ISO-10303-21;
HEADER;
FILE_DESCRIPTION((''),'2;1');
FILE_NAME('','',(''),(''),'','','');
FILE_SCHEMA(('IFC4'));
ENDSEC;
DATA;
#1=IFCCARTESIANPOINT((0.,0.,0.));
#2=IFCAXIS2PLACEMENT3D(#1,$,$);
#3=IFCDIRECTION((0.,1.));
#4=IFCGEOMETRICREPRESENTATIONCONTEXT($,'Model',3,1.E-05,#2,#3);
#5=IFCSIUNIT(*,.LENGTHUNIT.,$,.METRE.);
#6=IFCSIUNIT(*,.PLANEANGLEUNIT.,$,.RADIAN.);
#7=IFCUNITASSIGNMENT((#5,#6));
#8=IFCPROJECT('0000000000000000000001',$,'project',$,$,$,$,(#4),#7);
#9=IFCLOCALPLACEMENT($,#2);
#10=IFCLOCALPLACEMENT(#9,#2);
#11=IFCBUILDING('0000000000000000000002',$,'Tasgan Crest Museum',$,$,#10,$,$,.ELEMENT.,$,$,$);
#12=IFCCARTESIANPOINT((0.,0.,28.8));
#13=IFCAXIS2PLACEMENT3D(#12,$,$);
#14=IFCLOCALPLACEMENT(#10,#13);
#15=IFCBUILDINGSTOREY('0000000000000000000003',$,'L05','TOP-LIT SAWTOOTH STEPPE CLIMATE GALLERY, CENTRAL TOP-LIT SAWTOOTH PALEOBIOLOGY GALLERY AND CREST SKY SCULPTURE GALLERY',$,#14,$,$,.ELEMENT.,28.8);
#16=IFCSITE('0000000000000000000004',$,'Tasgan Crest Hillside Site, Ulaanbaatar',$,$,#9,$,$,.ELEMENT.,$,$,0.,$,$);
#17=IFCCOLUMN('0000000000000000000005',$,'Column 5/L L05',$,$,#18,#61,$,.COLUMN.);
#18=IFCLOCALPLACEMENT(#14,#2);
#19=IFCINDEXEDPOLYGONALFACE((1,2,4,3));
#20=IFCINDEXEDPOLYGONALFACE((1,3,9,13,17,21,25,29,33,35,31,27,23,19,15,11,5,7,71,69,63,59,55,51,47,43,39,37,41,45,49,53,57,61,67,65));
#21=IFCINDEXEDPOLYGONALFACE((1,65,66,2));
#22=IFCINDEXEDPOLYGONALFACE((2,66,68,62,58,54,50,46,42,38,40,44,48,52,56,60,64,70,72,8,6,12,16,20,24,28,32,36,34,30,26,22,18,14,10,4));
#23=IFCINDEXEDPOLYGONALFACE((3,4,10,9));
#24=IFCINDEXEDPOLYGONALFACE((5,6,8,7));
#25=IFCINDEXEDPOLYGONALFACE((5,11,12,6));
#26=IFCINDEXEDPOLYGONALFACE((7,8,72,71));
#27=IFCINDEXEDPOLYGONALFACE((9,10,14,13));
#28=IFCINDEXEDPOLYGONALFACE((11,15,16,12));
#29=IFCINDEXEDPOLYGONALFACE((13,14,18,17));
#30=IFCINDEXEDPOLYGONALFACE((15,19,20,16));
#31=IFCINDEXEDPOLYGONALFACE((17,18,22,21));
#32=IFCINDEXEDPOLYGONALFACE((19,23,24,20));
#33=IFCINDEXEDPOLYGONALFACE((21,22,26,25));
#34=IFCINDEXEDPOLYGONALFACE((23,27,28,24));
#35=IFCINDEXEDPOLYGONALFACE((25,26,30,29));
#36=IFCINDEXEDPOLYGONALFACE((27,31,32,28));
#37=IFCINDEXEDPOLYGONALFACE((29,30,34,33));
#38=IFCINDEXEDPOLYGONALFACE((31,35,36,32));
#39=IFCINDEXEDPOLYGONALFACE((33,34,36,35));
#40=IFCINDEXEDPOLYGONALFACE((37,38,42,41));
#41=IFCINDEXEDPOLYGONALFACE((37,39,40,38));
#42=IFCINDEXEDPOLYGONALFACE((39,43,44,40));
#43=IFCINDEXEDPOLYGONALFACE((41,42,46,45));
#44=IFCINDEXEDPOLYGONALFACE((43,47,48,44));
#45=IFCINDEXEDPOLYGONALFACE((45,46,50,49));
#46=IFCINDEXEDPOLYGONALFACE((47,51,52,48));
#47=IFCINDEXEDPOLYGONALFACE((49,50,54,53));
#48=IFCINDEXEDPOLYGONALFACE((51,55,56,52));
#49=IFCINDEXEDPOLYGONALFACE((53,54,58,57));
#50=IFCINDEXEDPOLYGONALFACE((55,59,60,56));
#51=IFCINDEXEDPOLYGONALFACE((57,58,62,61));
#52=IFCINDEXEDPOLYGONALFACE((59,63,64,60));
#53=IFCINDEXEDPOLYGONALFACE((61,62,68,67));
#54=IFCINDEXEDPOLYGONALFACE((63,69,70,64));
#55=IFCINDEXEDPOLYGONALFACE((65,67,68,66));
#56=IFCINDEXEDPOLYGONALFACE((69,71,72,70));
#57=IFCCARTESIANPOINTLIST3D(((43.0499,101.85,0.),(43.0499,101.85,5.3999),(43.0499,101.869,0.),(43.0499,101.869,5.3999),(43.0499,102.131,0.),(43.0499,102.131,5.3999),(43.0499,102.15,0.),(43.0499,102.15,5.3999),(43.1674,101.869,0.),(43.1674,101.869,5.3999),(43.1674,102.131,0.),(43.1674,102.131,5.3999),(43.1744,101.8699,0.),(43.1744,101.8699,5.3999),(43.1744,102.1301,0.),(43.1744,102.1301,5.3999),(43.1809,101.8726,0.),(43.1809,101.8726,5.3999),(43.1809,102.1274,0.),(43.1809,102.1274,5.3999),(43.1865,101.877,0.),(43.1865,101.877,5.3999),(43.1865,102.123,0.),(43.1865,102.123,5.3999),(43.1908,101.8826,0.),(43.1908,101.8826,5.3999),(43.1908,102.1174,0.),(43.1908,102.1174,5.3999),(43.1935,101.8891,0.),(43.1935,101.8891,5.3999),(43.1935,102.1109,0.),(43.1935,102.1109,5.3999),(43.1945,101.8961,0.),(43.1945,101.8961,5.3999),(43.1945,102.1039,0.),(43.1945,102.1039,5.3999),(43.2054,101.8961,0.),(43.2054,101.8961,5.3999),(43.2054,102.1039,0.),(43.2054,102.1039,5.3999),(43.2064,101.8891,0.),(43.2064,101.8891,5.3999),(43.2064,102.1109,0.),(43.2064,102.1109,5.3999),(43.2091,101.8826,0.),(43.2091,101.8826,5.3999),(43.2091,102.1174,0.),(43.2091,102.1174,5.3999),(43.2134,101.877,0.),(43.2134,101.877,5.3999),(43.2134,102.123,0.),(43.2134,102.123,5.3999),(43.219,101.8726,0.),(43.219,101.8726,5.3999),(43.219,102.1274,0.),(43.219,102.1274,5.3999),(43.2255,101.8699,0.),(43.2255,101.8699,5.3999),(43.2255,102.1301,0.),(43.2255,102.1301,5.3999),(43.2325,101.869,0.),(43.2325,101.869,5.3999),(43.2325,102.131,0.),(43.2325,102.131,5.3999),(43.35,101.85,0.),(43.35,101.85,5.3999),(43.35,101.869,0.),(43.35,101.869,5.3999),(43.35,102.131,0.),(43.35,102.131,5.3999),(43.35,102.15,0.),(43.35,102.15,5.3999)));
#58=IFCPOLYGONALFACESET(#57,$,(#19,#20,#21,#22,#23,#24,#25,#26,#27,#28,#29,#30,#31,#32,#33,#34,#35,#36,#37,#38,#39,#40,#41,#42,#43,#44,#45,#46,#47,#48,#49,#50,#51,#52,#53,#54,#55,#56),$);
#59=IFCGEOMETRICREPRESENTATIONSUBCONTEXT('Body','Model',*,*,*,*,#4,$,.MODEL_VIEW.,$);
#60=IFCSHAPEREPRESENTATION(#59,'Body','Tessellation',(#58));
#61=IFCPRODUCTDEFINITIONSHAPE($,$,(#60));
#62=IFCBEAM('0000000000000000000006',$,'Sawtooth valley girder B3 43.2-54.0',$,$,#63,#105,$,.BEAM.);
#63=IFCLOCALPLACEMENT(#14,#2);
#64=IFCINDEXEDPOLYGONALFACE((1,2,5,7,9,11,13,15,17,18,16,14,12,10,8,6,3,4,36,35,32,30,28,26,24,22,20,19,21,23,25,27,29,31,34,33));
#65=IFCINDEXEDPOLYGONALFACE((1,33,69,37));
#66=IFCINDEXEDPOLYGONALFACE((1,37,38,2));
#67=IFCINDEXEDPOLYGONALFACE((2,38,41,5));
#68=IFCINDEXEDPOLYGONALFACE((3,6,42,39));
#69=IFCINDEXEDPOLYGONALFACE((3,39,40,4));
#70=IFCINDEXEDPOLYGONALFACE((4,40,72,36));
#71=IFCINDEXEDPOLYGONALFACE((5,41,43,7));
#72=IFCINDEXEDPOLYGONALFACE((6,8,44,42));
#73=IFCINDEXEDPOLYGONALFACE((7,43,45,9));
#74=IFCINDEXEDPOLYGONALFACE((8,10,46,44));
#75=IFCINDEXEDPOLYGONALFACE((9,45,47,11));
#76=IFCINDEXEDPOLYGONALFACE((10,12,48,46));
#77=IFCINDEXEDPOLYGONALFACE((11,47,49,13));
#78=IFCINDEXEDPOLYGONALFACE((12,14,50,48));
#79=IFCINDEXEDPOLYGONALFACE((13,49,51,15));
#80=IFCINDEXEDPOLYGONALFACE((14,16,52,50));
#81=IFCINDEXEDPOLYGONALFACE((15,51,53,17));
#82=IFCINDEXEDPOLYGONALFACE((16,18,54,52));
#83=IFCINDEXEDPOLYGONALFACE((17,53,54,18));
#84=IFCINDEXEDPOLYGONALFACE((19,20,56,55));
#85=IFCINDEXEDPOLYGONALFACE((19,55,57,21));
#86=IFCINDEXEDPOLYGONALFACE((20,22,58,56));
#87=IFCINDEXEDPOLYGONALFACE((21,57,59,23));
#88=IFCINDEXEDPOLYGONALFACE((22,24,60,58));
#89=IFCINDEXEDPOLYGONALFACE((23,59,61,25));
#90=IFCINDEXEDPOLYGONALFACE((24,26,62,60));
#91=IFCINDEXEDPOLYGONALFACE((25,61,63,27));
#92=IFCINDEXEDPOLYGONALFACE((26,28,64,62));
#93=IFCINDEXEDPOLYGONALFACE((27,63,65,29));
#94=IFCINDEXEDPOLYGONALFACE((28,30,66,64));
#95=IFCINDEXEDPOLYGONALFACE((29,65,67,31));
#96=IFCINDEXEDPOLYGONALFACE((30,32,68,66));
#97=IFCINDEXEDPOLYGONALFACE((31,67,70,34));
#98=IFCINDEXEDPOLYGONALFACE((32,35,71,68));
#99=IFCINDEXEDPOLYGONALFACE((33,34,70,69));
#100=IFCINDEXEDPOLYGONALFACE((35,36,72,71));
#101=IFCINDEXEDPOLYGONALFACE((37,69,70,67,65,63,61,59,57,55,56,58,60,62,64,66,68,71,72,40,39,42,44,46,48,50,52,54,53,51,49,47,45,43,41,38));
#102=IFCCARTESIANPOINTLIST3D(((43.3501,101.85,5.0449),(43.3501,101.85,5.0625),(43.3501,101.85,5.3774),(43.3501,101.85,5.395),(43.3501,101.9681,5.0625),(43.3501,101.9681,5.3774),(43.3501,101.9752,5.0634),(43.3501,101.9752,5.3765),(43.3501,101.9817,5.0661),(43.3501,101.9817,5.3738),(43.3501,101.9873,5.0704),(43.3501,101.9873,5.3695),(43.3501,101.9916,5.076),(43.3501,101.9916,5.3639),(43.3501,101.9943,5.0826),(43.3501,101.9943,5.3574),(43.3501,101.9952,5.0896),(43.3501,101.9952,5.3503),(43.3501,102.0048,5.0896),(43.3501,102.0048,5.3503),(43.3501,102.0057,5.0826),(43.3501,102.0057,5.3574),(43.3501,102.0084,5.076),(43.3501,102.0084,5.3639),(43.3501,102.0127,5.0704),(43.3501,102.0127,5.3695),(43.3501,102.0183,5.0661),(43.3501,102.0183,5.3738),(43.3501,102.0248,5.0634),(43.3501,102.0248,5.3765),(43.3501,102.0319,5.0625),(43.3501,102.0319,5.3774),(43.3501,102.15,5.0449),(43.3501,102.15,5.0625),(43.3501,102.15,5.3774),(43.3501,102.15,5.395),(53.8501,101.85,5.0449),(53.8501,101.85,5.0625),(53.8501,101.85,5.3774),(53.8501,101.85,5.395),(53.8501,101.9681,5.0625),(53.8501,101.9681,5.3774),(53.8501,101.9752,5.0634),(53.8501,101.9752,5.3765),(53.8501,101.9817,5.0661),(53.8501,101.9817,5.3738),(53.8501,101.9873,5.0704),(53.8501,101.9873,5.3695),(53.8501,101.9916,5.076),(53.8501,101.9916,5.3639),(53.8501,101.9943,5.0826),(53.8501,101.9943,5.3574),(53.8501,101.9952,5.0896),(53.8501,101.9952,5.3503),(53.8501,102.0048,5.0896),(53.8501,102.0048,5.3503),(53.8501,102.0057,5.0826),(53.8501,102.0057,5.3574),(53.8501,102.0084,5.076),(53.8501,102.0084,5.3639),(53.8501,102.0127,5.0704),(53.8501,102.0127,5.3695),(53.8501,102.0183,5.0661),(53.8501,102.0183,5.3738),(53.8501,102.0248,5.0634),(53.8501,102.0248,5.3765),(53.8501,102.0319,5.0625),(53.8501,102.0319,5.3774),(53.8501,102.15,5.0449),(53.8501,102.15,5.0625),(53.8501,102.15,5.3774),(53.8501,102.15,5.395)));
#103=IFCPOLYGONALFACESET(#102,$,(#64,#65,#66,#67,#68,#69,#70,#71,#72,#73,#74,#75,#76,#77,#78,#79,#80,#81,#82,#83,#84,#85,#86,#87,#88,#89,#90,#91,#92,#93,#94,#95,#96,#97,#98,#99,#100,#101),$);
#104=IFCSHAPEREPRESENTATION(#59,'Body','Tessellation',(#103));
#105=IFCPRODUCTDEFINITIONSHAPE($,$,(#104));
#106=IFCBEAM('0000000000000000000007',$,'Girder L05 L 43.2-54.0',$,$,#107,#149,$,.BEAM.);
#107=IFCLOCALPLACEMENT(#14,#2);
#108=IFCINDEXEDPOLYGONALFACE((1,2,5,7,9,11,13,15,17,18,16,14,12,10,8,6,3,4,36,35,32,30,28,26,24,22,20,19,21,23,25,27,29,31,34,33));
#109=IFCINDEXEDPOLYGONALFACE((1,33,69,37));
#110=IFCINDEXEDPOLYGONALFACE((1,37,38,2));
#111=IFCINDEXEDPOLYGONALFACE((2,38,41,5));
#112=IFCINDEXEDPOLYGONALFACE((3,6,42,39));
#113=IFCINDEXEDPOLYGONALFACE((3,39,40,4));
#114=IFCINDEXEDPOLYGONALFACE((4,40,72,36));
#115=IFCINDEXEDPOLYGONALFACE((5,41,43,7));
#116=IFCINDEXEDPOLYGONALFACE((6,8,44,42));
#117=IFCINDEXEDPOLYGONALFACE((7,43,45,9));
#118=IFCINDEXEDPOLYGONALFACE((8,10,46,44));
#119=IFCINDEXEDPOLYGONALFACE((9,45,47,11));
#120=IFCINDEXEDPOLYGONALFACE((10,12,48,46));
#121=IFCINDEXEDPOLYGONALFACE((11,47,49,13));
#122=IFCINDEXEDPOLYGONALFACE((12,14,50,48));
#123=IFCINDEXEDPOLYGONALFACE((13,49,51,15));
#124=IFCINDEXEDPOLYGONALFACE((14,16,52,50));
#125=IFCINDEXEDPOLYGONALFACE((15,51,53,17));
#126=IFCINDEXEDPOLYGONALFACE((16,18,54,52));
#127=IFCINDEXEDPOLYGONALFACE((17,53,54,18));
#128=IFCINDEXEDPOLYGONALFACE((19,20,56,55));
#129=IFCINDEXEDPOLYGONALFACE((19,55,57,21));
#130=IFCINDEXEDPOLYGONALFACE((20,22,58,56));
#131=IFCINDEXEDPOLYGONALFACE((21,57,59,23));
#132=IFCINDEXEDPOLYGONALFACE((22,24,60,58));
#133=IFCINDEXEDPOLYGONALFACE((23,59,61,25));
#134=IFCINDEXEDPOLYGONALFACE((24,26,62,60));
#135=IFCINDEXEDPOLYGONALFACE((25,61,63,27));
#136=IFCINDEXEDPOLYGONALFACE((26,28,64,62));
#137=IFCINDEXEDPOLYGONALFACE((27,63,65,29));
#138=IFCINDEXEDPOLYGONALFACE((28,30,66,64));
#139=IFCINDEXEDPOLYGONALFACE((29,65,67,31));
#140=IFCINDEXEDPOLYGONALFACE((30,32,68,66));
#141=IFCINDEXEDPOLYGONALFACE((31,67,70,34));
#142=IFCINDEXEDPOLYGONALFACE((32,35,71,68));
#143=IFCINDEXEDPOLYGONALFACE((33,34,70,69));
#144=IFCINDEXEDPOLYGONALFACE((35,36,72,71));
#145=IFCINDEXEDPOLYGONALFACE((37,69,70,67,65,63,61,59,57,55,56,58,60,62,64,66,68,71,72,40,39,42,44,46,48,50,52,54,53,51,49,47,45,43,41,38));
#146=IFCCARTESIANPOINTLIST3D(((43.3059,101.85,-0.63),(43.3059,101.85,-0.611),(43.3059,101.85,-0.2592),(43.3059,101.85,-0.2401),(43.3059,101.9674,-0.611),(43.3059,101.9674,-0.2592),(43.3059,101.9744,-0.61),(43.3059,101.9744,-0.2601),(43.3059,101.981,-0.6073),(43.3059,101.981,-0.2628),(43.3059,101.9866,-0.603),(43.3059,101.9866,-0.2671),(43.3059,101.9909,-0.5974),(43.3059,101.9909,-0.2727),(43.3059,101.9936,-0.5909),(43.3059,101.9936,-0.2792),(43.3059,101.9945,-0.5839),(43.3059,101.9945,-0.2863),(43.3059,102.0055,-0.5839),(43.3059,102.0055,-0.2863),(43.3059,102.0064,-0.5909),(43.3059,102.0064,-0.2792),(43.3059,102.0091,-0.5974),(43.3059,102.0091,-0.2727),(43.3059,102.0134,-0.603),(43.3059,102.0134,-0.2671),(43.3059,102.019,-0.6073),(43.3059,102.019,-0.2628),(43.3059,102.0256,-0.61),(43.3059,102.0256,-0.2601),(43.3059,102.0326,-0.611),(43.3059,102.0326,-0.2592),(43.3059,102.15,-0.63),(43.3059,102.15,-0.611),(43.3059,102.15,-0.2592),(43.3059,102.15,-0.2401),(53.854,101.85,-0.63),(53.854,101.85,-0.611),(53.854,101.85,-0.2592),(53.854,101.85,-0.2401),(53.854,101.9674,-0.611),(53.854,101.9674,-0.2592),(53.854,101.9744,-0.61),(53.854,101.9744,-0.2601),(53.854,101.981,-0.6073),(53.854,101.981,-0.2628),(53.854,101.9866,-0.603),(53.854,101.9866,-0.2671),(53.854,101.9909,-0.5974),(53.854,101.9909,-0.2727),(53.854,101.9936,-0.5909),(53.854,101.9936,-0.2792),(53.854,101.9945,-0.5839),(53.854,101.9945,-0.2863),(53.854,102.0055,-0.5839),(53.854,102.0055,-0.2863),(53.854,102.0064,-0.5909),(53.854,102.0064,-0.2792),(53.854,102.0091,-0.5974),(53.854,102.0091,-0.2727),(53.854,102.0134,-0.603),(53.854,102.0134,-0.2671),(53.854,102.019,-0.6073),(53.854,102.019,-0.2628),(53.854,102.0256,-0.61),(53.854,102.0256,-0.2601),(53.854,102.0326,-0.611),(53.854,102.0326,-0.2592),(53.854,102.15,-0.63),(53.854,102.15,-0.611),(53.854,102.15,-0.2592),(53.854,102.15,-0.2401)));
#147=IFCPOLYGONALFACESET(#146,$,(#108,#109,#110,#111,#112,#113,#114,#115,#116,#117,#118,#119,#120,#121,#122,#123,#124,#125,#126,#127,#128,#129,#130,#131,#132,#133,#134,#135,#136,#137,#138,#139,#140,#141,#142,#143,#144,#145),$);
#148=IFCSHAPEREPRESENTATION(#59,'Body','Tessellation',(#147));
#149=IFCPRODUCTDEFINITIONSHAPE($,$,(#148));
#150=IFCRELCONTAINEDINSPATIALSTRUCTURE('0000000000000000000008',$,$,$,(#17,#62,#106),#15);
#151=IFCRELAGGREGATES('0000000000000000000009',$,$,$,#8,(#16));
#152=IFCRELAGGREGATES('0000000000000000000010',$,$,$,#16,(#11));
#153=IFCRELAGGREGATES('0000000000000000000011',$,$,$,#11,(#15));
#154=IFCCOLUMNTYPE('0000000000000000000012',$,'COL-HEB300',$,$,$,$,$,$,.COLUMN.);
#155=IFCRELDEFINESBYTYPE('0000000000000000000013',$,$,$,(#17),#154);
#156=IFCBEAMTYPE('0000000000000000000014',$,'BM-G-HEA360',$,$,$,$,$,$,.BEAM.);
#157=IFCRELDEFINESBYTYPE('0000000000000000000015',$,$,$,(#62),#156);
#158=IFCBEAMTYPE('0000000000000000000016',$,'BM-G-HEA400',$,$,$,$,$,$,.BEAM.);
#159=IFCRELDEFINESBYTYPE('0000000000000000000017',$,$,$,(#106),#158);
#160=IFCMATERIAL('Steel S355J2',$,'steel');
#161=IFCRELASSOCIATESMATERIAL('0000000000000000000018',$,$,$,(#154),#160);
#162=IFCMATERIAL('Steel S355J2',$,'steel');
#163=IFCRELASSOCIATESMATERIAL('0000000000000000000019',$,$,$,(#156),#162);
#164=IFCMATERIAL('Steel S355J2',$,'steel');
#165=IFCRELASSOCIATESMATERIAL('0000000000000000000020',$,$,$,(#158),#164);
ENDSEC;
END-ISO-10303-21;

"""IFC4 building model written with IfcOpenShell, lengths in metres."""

from ifc_helpers import new_model, si_unit, direction, frame, origin, origin_2d, place, context, subcontext, project, spatial, i_section, extrude, material, material_profile, profile_set, type_object, element, save


model = new_model("IFC4")

# Units and contexts
model_context = context("Model", 3, precision=1e-05, world=origin(), true_north=direction((0.0, 1.0)))
body_context = subcontext(model_context, "Body", "Model", "MODEL_VIEW")
ifc_project = project(units=[si_unit("LENGTHUNIT", "METRE"), si_unit("PLANEANGLEUNIT", "RADIAN")], contexts=[model_context])

# Site, building, storey
site_placement = place(None, origin())
site = spatial("IfcSite", under=ifc_project, at=site_placement, Name="Tasgan Crest Hillside Site, Ulaanbaatar", CompositionType="ELEMENT", RefElevation=0.0)
building_placement = place(site_placement, origin())
building = spatial("IfcBuilding", under=site, at=building_placement, Name="Tasgan Crest Museum", CompositionType="ELEMENT")
storey_placement = place(building_placement, frame((0.0, 0.0, 28.8)))
storey = spatial("IfcBuildingStorey", under=building, at=storey_placement, Name="L05", Description="TOP-LIT SAWTOOTH STEPPE CLIMATE GALLERY, CENTRAL TOP-LIT SAWTOOTH PALEOBIOLOGY GALLERY AND CREST SKY SCULPTURE GALLERY", CompositionType="ELEMENT", Elevation=28.8)

# Column
ifc_material_1 = material(Name="Steel S355J2", Category="steel")
ifc_material_profile_1 = material_profile(ifc_material_1, i_section(OverallWidth=0.3, OverallDepth=0.3, WebThickness=0.011, FlangeThickness=0.019, FilletRadius=0.0271, at=origin_2d()), Name="HEB 300")
ifc_profile_set_1 = profile_set([ifc_material_profile_1], Name="Steel S355J2")
column_type = type_object("IfcColumnType", Name="COL-HEB300", PredefinedType="COLUMN", material=ifc_profile_set_1)
column_placement = place(storey_placement, frame((43.2, 102.0, 0.0), z_axis=(0.0, 0.0, 1.0), x_axis=(1.0, 0.0, 0.0)))
element("IfcColumn", 1, at=column_placement, inside=storey, type_object=column_type, Name="Column 5/L L05", PredefinedType="COLUMN", context=body_context, shape_type="SweptSolid", body=[
    extrude(i_section(OverallWidth=0.3, OverallDepth=0.3, WebThickness=0.011, FlangeThickness=0.019, FilletRadius=0.0271, at=origin_2d()), origin(), (0.0, 0.0, 1.0), 5.3999),
])

# Beams
ifc_material_2 = material(Name="Steel S355J2", Category="steel")
ifc_material_profile_2 = material_profile(ifc_material_2, i_section(OverallWidth=0.3, OverallDepth=0.3501, WebThickness=0.0095, FlangeThickness=0.0176, FilletRadius=0.0271, at=origin_2d()), Name="HEA 360")
ifc_profile_set_2 = profile_set([ifc_material_profile_2], Name="Steel S355J2")
beam_type_1 = type_object("IfcBeamType", Name="BM-G-HEA360", PredefinedType="BEAM", material=ifc_profile_set_2)
beam_1_placement = place(storey_placement, frame((43.3501, 102.0, 5.22), z_axis=(1.0, 0.0, 0.0), x_axis=(0.0, 1.0, 0.0)))
element("IfcBeam", 2, at=beam_1_placement, inside=storey, type_object=beam_type_1, Name="Sawtooth valley girder B3 43.2-54.0", PredefinedType="BEAM", context=body_context, shape_type="SweptSolid", body=[
    extrude(i_section(OverallWidth=0.3, OverallDepth=0.3501, WebThickness=0.0095, FlangeThickness=0.0176, FilletRadius=0.0271, at=origin_2d()), origin(), (0.0, 0.0, 1.0), 10.5),
])
ifc_material_3 = material(Name="Steel S355J2", Category="steel")
ifc_material_profile_3 = material_profile(ifc_material_3, i_section(OverallWidth=0.3, OverallDepth=0.3899, WebThickness=0.011, FlangeThickness=0.019, FilletRadius=0.0271, at=origin_2d()), Name="HEA 400")
ifc_profile_set_3 = profile_set([ifc_material_profile_3], Name="Steel S355J2")
beam_type_2 = type_object("IfcBeamType", Name="BM-G-HEA400", PredefinedType="BEAM", material=ifc_profile_set_3)
beam_2_placement = place(storey_placement, frame((43.3059, 102.0, -0.4351), z_axis=(1.0, 0.0, 0.0), x_axis=(0.0, 1.0, 0.0)))
element("IfcBeam", 3, at=beam_2_placement, inside=storey, type_object=beam_type_2, Name="Girder L05 L 43.2-54.0", PredefinedType="BEAM", context=body_context, shape_type="SweptSolid", body=[
    extrude(i_section(OverallWidth=0.3, OverallDepth=0.3899, WebThickness=0.011, FlangeThickness=0.019, FilletRadius=0.0271, at=origin_2d()), origin(), (0.0, 0.0, 1.0), 10.5481),
])

save(model, "model.ifc")
